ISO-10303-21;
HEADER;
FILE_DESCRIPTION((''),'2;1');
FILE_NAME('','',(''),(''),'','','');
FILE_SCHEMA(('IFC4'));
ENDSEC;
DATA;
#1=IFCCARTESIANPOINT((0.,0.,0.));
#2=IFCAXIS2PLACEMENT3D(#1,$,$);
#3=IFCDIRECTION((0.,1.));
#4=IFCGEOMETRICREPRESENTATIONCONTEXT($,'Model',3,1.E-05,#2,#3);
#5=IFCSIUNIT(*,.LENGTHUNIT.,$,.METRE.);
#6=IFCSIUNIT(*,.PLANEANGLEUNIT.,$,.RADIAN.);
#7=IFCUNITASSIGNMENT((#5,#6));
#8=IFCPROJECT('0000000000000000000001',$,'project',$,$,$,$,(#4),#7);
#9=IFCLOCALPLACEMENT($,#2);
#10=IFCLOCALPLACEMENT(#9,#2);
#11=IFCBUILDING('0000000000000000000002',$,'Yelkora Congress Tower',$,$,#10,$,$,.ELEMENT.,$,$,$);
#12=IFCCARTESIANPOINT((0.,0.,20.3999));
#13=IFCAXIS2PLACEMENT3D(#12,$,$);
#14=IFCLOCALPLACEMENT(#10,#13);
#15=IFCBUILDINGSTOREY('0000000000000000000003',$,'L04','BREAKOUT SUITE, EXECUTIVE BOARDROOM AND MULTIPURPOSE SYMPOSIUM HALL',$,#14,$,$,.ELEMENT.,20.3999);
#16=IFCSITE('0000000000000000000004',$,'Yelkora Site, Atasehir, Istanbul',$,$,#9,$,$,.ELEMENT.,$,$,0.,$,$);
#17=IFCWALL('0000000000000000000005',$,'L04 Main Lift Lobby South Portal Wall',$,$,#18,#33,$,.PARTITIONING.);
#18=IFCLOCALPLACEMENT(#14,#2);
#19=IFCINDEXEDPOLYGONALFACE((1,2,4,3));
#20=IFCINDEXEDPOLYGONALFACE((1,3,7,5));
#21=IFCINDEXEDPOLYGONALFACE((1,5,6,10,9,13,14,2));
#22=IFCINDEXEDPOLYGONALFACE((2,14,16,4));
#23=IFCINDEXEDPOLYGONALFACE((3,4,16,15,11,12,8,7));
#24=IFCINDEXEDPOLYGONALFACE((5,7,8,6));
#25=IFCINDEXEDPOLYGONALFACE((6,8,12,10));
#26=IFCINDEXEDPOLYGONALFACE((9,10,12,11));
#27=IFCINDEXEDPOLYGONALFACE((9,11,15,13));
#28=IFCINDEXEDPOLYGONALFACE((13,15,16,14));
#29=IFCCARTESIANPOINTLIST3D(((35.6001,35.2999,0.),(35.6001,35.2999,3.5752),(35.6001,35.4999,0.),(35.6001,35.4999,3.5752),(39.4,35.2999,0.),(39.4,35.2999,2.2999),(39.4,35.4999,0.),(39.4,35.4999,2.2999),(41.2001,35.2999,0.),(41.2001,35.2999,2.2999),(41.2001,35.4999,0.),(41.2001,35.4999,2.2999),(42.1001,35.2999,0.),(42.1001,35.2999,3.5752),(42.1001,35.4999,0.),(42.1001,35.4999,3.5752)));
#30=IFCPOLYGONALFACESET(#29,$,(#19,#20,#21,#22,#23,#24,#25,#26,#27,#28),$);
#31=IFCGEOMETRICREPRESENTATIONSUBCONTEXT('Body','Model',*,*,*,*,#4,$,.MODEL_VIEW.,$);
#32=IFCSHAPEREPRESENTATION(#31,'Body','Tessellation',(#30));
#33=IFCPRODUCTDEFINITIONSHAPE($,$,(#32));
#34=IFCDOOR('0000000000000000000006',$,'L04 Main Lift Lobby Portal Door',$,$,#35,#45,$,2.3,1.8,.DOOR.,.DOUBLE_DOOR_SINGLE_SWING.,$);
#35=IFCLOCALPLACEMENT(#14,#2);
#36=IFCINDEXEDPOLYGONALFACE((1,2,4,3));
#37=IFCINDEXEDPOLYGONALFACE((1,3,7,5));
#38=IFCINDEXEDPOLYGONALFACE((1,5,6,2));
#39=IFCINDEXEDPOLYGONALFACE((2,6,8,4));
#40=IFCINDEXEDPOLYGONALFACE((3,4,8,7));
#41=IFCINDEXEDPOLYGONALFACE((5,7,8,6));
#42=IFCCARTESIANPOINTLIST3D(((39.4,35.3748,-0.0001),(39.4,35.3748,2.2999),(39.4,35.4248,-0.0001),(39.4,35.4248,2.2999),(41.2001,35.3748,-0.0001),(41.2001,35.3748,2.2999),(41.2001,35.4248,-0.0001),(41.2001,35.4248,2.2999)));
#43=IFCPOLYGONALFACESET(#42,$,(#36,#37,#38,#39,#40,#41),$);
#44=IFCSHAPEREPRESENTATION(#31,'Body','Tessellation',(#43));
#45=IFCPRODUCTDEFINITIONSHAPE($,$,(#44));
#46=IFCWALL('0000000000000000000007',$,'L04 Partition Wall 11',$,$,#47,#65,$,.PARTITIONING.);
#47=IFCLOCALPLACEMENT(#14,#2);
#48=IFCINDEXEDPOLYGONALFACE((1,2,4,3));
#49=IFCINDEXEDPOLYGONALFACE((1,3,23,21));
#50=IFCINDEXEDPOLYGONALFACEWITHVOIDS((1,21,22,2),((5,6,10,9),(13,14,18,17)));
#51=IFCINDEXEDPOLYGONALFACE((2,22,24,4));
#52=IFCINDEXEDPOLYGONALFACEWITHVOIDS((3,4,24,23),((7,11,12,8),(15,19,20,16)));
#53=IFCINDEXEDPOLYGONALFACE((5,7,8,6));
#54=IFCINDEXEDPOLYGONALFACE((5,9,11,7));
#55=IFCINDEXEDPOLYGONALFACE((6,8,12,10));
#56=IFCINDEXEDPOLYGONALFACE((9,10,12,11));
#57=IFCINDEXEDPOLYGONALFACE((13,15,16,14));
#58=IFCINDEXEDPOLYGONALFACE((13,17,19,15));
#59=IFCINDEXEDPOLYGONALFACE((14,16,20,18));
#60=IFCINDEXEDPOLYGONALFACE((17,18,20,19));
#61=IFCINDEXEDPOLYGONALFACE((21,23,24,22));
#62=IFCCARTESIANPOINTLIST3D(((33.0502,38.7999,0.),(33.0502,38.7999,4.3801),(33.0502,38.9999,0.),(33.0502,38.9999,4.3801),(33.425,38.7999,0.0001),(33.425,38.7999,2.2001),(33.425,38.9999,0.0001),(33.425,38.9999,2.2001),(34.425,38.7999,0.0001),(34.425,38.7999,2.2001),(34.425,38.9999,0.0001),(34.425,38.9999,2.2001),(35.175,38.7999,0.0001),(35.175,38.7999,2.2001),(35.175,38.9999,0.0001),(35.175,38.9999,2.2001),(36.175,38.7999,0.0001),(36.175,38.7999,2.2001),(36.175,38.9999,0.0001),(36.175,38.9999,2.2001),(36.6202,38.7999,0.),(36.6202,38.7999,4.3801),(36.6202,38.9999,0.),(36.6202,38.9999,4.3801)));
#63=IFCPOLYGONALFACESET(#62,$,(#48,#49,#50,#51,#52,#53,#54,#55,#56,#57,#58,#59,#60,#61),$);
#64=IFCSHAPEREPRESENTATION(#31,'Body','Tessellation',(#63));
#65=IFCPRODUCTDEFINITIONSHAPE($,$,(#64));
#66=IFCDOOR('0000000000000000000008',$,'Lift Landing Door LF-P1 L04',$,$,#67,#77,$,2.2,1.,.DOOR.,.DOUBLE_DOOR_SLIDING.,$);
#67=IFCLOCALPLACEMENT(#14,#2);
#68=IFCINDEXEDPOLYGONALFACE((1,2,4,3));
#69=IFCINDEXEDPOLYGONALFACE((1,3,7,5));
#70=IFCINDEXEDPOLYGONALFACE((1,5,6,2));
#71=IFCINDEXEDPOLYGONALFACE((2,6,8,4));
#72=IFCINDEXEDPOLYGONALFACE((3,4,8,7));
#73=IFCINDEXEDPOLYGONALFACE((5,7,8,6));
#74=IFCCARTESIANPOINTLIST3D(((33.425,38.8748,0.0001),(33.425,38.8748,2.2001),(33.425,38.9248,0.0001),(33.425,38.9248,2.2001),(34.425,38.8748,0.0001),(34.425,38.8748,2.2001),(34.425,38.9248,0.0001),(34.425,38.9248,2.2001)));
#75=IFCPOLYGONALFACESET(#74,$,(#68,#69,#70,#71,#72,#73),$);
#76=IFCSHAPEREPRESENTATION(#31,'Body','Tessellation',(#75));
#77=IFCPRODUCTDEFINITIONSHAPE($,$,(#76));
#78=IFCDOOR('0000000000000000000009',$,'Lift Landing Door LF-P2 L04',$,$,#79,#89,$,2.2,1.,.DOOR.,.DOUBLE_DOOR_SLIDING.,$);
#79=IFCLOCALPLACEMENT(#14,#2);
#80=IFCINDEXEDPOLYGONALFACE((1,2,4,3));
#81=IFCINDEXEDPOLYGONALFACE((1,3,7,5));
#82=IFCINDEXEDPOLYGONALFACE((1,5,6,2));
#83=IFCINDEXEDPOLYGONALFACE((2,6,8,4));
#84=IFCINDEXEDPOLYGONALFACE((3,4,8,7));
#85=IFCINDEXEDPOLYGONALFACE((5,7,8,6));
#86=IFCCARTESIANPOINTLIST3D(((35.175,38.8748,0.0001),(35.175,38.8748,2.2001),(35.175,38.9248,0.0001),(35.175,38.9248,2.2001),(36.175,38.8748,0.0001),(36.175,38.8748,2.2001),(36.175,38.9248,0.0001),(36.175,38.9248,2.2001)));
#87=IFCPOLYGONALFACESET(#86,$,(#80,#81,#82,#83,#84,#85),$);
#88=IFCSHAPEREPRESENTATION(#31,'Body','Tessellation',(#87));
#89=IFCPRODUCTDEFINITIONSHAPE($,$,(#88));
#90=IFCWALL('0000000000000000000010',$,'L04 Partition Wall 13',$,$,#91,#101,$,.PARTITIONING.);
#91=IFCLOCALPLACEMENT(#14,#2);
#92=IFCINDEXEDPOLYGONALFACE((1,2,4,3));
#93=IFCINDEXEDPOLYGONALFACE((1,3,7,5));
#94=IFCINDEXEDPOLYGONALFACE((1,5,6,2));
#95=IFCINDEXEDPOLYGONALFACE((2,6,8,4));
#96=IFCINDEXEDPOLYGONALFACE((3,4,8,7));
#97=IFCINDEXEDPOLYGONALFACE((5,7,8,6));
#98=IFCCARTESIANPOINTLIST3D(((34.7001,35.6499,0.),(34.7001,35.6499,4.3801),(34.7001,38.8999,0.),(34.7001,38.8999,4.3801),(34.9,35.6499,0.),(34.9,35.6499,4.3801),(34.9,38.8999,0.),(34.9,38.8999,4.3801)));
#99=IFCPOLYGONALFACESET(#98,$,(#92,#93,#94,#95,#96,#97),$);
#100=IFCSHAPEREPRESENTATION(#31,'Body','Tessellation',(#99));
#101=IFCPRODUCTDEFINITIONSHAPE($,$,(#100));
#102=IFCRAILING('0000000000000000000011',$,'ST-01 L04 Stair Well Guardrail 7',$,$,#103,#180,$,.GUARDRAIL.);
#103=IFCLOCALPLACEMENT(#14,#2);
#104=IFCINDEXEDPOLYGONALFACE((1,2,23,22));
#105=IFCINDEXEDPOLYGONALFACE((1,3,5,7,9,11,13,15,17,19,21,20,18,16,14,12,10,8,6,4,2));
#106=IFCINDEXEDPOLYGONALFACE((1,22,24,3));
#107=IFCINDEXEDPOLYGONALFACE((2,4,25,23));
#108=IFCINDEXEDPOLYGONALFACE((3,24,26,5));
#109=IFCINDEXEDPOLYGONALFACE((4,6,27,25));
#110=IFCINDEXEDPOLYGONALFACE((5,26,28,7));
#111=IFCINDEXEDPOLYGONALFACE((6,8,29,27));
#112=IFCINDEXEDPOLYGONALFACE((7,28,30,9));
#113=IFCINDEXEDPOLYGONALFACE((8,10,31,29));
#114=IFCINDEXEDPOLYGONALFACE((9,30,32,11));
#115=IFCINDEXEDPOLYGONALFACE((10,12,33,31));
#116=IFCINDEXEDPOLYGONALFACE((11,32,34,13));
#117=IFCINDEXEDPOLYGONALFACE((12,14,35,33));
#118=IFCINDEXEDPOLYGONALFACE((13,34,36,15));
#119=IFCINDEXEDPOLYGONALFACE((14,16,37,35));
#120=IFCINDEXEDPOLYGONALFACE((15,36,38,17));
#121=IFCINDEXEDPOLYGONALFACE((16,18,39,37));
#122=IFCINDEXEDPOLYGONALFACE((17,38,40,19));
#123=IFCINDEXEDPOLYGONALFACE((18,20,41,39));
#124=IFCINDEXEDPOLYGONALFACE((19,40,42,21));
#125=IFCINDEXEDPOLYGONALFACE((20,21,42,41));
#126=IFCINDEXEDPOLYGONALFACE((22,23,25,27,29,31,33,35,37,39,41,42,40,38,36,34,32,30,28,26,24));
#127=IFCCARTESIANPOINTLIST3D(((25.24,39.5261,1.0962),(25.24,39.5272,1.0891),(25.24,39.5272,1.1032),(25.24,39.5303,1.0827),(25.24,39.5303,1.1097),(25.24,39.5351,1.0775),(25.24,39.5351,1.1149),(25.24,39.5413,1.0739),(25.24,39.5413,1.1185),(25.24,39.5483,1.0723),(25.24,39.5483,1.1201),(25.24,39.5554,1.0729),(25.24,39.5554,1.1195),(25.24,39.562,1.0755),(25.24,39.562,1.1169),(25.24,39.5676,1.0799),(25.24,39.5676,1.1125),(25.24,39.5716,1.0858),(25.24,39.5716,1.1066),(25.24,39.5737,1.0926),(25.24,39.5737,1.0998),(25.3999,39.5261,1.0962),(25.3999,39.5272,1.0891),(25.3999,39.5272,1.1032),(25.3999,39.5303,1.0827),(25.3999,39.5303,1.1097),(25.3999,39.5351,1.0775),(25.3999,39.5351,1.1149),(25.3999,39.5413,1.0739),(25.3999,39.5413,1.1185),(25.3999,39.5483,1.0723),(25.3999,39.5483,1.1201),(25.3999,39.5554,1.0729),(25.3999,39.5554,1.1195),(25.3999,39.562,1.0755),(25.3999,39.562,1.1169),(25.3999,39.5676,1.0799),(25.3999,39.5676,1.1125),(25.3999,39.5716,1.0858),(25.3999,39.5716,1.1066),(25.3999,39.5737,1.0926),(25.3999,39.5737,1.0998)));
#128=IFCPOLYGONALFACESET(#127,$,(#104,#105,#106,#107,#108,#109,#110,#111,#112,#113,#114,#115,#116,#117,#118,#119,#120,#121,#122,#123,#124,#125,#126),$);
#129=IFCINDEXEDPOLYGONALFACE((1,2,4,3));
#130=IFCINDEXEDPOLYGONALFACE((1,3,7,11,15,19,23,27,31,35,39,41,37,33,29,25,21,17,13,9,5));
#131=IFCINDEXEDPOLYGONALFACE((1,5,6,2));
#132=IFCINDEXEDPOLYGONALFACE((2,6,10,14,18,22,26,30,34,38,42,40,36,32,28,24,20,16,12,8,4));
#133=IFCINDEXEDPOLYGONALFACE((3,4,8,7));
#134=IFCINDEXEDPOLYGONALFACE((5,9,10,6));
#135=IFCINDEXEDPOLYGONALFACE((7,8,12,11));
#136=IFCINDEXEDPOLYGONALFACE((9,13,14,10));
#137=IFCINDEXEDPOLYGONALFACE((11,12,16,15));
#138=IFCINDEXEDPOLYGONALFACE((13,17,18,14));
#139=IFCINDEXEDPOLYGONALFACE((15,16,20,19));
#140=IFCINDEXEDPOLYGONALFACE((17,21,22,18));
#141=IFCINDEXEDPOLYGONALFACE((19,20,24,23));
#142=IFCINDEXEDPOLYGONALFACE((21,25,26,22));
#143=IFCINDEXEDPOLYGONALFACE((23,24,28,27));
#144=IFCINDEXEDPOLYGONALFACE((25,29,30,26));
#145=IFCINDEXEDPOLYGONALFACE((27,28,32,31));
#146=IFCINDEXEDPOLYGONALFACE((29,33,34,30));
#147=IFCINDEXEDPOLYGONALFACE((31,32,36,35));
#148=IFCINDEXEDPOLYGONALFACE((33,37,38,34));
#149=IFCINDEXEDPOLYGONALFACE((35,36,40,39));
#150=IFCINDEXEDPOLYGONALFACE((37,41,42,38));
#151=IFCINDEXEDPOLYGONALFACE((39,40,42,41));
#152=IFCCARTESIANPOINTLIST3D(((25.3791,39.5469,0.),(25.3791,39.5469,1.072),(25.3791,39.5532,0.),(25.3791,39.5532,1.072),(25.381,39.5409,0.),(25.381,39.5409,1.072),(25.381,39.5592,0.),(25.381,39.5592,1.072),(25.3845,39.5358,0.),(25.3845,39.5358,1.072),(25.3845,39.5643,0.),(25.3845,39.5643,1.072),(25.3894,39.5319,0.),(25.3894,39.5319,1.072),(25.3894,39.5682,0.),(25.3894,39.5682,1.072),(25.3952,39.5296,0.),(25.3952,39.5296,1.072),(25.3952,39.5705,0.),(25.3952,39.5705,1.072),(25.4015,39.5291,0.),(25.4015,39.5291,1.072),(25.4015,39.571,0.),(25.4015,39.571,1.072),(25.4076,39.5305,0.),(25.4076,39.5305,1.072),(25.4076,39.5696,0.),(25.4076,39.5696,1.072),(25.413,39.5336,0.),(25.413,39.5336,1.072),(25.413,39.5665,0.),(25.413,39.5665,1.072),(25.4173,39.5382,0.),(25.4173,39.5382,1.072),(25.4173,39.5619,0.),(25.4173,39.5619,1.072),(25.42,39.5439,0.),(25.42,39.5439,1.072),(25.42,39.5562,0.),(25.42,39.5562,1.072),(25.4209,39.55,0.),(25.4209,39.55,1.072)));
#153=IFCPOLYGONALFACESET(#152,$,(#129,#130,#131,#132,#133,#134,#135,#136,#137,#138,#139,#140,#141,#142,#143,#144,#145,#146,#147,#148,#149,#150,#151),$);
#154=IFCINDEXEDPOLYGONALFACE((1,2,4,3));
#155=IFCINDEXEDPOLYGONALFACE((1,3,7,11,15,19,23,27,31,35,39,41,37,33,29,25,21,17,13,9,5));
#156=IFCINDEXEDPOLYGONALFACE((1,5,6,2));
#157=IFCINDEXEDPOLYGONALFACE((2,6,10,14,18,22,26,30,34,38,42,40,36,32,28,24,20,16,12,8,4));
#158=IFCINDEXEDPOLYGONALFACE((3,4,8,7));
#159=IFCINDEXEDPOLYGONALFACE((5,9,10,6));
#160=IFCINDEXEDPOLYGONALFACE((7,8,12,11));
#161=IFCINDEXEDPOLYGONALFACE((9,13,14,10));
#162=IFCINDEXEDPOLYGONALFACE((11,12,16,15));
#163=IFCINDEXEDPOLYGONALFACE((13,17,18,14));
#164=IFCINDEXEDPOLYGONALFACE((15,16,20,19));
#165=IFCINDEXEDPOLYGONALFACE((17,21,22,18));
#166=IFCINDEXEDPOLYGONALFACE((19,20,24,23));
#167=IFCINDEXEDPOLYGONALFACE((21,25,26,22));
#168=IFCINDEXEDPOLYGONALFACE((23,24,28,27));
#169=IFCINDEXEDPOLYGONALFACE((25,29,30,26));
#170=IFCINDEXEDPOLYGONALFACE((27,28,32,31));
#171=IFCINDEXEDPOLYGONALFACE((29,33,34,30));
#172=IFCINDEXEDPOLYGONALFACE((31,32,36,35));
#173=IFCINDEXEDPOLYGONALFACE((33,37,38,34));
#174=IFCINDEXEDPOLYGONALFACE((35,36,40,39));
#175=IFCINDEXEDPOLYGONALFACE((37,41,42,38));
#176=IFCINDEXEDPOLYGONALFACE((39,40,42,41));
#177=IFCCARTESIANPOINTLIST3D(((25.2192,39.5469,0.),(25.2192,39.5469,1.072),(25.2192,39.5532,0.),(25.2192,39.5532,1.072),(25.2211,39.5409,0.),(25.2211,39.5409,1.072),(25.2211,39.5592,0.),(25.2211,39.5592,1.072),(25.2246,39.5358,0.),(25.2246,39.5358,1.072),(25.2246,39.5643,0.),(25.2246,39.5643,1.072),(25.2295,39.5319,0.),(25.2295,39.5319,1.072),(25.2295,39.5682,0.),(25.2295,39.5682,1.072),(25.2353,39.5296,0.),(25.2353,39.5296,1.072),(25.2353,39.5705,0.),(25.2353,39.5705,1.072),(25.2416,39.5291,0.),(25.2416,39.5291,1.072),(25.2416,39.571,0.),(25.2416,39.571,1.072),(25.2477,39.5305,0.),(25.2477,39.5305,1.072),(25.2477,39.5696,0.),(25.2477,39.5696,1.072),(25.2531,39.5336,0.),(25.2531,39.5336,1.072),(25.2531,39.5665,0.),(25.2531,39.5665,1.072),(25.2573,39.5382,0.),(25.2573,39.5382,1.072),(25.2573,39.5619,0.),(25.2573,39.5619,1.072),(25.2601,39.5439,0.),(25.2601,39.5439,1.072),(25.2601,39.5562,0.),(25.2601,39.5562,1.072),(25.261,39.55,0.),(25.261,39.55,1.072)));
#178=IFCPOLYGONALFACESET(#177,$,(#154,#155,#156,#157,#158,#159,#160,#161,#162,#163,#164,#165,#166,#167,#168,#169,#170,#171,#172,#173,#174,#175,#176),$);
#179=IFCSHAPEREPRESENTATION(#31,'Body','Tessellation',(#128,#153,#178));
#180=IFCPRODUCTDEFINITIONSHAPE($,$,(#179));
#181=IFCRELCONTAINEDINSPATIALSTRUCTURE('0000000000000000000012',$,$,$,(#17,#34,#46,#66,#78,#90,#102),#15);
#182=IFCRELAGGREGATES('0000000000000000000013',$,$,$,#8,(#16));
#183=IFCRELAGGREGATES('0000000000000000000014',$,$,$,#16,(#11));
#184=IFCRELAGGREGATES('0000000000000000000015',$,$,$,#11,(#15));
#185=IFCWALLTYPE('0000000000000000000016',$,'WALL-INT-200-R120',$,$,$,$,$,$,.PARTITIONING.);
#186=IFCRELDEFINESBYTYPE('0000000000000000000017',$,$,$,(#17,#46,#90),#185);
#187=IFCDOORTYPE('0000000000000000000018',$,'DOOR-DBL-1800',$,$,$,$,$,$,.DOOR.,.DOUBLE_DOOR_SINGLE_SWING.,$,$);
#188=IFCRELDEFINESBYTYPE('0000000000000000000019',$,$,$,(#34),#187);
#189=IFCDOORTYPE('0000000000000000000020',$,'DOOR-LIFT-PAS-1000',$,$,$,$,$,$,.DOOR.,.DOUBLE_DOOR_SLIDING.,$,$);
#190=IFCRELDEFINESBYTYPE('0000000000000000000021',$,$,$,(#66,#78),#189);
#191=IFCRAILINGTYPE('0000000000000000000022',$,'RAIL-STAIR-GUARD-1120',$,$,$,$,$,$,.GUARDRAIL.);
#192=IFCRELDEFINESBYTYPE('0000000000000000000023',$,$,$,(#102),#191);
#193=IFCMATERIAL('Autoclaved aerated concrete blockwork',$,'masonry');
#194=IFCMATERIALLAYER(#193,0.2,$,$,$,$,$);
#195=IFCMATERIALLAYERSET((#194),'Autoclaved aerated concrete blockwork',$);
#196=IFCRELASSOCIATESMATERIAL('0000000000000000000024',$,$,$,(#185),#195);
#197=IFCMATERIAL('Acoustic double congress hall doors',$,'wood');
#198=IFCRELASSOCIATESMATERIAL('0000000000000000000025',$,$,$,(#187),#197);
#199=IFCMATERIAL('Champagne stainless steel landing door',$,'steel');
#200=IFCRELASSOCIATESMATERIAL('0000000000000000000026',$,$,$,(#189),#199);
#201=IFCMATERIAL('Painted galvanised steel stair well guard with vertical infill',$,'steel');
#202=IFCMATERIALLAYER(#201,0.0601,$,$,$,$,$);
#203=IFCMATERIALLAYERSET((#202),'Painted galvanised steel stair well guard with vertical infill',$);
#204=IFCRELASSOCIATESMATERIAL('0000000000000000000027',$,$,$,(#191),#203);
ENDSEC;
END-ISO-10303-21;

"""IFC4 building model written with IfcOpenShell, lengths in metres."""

from ifc_helpers import new_model, si_unit, direction, frame, frame_2d, origin, origin_2d, place, context, subcontext, project, spatial, rectangle, circle, extrude, material, layer, layer_set, type_object, element, fill, save


model = new_model("IFC4")

# Units and contexts
model_context = context("Model", 3, precision=1e-05, world=origin(), true_north=direction((0.0, 1.0)))
body_context = subcontext(model_context, "Body", "Model", "MODEL_VIEW")
ifc_project = project(units=[si_unit("LENGTHUNIT", "METRE"), si_unit("PLANEANGLEUNIT", "RADIAN")], contexts=[model_context])

# Site, building, storey
site_placement = place(None, origin())
site = spatial("IfcSite", under=ifc_project, at=site_placement, Name="Yelkora Site, Atasehir, Istanbul", CompositionType="ELEMENT", RefElevation=0.0)
building_placement = place(site_placement, origin())
building = spatial("IfcBuilding", under=site, at=building_placement, Name="Yelkora Congress Tower", CompositionType="ELEMENT")
storey_placement = place(building_placement, frame((0.0, 0.0, 20.3999)))
storey = spatial("IfcBuildingStorey", under=building, at=storey_placement, Name="L04", Description="BREAKOUT SUITE, EXECUTIVE BOARDROOM AND MULTIPURPOSE SYMPOSIUM HALL", CompositionType="ELEMENT", Elevation=20.3999)

# Shared definitions
ifc_material_1 = material(Name="Autoclaved aerated concrete blockwork", Category="masonry")
ifc_layer_1 = layer(ifc_material_1, 0.2)
ifc_layer_set_1 = layer_set([ifc_layer_1], Name="Autoclaved aerated concrete blockwork")
wall_type_1 = type_object("IfcWallType", Name="WALL-INT-200-R120", PredefinedType="PARTITIONING", material=ifc_layer_set_1)

# Wall, opening, door
wall_1_placement = place(storey_placement, frame((35.6001, 35.3999, 0.0), z_axis=(0.0, 0.0, 1.0), x_axis=(1.0, 0.0, 0.0)))
wall_1 = element("IfcWall", 1, at=wall_1_placement, inside=storey, type_object=wall_type_1, Name="L04 Main Lift Lobby South Portal Wall", PredefinedType="PARTITIONING", context=body_context, shape_type="SweptSolid", body=[
    extrude(rectangle(XDim=6.5, YDim=0.2, at=frame_2d((3.25, 0.0))), origin(), (0.0, 0.0, 1.0), 3.5752),
])
opening_1_placement = place(wall_1_placement, frame((3.8, 0.0, 0.0)))
opening_1 = element("IfcOpeningElement", 2, at=opening_1_placement, cuts=wall_1, PredefinedType="OPENING", context=body_context, shape_type="SweptSolid", body=[
    extrude(rectangle(XDim=1.8, YDim=2.3, at=frame_2d((0.8999, 1.1499))), frame((0.0, 0.1099, 0.0), z_axis=(0.0, -1.0, 0.0), x_axis=(1.0, 0.0, 0.0)), (0.0, 0.0, 1.0), 0.22),
])
ifc_material_2 = material(Name="Acoustic double congress hall doors", Category="wood")
door_type_1 = type_object("IfcDoorType", Name="DOOR-DBL-1800", OperationType="DOUBLE_DOOR_SINGLE_SWING", PredefinedType="DOOR", material=ifc_material_2)
door_1_placement = place(opening_1_placement, origin())
door_1 = element("IfcDoor", 3, at=door_1_placement, inside=storey, type_object=door_type_1, Name="L04 Main Lift Lobby Portal Door", OperationType="DOUBLE_DOOR_SINGLE_SWING", OverallHeight=2.3, OverallWidth=1.8, PredefinedType="DOOR", context=body_context, shape_type="SweptSolid", body=[
    extrude(rectangle(XDim=1.8, YDim=2.3, at=frame_2d((0.8999, 1.1499))), frame((0.0, 0.0249, 0.0), z_axis=(0.0, -1.0, 0.0), x_axis=(1.0, 0.0, 0.0)), (0.0, 0.0, 1.0), 0.05),
])
fill(opening_1, door_1)

# Wall, openings, doors
wall_2_placement = place(storey_placement, frame((33.05, 38.8999, 0.0), z_axis=(0.0, 0.0, 1.0), x_axis=(1.0, 0.0, 0.0)))
wall_2 = element("IfcWall", 4, at=wall_2_placement, inside=storey, type_object=wall_type_1, Name="L04 Partition Wall 11", PredefinedType="PARTITIONING", context=body_context, shape_type="SweptSolid", body=[
    extrude(rectangle(XDim=3.5701, YDim=0.2, at=frame_2d((1.7852, 0.0))), origin(), (0.0, 0.0, 1.0), 4.3801),
])
opening_2_placement = place(wall_2_placement, frame((0.375, 0.0, 0.0)))
opening_2 = element("IfcOpeningElement", 5, at=opening_2_placement, cuts=wall_2, PredefinedType="OPENING", context=body_context, shape_type="SweptSolid", body=[
    extrude(rectangle(XDim=1.0, YDim=2.2, at=frame_2d((0.5, 1.1001))), frame((0.0, 0.1099, 0.0), z_axis=(0.0, -1.0, 0.0), x_axis=(1.0, 0.0, 0.0)), (0.0, 0.0, 1.0), 0.22),
])
opening_3_placement = place(wall_2_placement, frame((2.125, 0.0, 0.0)))
opening_3 = element("IfcOpeningElement", 6, at=opening_3_placement, cuts=wall_2, PredefinedType="OPENING", context=body_context, shape_type="SweptSolid", body=[
    extrude(rectangle(XDim=1.0, YDim=2.2, at=frame_2d((0.5, 1.1001))), frame((0.0, 0.1099, 0.0), z_axis=(0.0, -1.0, 0.0), x_axis=(1.0, 0.0, 0.0)), (0.0, 0.0, 1.0), 0.22),
])
ifc_material_3 = material(Name="Champagne stainless steel landing door", Category="steel")
door_type_2 = type_object("IfcDoorType", Name="DOOR-LIFT-PAS-1000", OperationType="DOUBLE_DOOR_SLIDING", PredefinedType="DOOR", material=ifc_material_3)
door_2_placement = place(opening_2_placement, origin())
door_2 = element("IfcDoor", 7, at=door_2_placement, inside=storey, type_object=door_type_2, Name="Lift Landing Door LF-P1 L04", OperationType="DOUBLE_DOOR_SLIDING", OverallHeight=2.2, OverallWidth=1.0, PredefinedType="DOOR", context=body_context, shape_type="SweptSolid", body=[
    extrude(rectangle(XDim=1.0, YDim=2.2, at=frame_2d((0.5, 1.1001))), frame((0.0, 0.0249, 0.0), z_axis=(0.0, -1.0, 0.0), x_axis=(1.0, 0.0, 0.0)), (0.0, 0.0, 1.0), 0.05),
])
fill(opening_2, door_2)
door_3_placement = place(opening_3_placement, origin())
door_3 = element("IfcDoor", 8, at=door_3_placement, inside=storey, type_object=door_type_2, Name="Lift Landing Door LF-P2 L04", OperationType="DOUBLE_DOOR_SLIDING", OverallHeight=2.2, OverallWidth=1.0, PredefinedType="DOOR", context=body_context, shape_type="SweptSolid", body=[
    extrude(rectangle(XDim=1.0, YDim=2.2, at=frame_2d((0.5, 1.1001))), frame((0.0, 0.0249, 0.0), z_axis=(0.0, -1.0, 0.0), x_axis=(1.0, 0.0, 0.0)), (0.0, 0.0, 1.0), 0.05),
])
fill(opening_3, door_3)

# Wall
wall_3_placement = place(storey_placement, frame((34.8, 35.6499, 0.0), z_axis=(0.0, 0.0, 1.0), x_axis=(0.0, 1.0, 0.0)))
element("IfcWall", 9, at=wall_3_placement, inside=storey, type_object=wall_type_1, Name="L04 Partition Wall 13", PredefinedType="PARTITIONING", context=body_context, shape_type="SweptSolid", body=[
    extrude(rectangle(XDim=3.25, YDim=0.2, at=frame_2d((1.625, 0.0))), origin(), (0.0, 0.0, 1.0), 4.3801),
])

# Railing
ifc_material_4 = material(Name="Painted galvanised steel stair well guard with vertical infill", Category="steel")
ifc_layer_2 = layer(ifc_material_4, 0.0601)
ifc_layer_set_2 = layer_set([ifc_layer_2], Name="Painted galvanised steel stair well guard with vertical infill")
railing_type = type_object("IfcRailingType", Name="RAIL-STAIR-GUARD-1120", PredefinedType="GUARDRAIL", material=ifc_layer_set_2)
railing_placement = place(storey_placement, frame((25.3999, 39.55, 0.0)))
element("IfcRailing", 10, at=railing_placement, inside=storey, type_object=railing_type, Name="ST-01 L04 Stair Well Guardrail 7", PredefinedType="GUARDRAIL", context=body_context, shape_type="SweptSolid", body=[
    extrude(circle(Radius=0.0239, at=origin_2d()), frame((0.0, 0.0, 1.0962), z_axis=(-1.0, 0.0, 0.0), x_axis=(0.0, -1.0, 0.0)), (0.0, 0.0, 1.0), 0.1599),
    extrude(circle(Radius=0.021, at=origin_2d()), origin(), (0.0, 0.0, 1.0), 1.072),
    extrude(circle(Radius=0.021, at=origin_2d()), frame((-0.1599, 0.0, 0.0)), (0.0, 0.0, 1.0), 1.072),
])

save(model, "model.ifc")
